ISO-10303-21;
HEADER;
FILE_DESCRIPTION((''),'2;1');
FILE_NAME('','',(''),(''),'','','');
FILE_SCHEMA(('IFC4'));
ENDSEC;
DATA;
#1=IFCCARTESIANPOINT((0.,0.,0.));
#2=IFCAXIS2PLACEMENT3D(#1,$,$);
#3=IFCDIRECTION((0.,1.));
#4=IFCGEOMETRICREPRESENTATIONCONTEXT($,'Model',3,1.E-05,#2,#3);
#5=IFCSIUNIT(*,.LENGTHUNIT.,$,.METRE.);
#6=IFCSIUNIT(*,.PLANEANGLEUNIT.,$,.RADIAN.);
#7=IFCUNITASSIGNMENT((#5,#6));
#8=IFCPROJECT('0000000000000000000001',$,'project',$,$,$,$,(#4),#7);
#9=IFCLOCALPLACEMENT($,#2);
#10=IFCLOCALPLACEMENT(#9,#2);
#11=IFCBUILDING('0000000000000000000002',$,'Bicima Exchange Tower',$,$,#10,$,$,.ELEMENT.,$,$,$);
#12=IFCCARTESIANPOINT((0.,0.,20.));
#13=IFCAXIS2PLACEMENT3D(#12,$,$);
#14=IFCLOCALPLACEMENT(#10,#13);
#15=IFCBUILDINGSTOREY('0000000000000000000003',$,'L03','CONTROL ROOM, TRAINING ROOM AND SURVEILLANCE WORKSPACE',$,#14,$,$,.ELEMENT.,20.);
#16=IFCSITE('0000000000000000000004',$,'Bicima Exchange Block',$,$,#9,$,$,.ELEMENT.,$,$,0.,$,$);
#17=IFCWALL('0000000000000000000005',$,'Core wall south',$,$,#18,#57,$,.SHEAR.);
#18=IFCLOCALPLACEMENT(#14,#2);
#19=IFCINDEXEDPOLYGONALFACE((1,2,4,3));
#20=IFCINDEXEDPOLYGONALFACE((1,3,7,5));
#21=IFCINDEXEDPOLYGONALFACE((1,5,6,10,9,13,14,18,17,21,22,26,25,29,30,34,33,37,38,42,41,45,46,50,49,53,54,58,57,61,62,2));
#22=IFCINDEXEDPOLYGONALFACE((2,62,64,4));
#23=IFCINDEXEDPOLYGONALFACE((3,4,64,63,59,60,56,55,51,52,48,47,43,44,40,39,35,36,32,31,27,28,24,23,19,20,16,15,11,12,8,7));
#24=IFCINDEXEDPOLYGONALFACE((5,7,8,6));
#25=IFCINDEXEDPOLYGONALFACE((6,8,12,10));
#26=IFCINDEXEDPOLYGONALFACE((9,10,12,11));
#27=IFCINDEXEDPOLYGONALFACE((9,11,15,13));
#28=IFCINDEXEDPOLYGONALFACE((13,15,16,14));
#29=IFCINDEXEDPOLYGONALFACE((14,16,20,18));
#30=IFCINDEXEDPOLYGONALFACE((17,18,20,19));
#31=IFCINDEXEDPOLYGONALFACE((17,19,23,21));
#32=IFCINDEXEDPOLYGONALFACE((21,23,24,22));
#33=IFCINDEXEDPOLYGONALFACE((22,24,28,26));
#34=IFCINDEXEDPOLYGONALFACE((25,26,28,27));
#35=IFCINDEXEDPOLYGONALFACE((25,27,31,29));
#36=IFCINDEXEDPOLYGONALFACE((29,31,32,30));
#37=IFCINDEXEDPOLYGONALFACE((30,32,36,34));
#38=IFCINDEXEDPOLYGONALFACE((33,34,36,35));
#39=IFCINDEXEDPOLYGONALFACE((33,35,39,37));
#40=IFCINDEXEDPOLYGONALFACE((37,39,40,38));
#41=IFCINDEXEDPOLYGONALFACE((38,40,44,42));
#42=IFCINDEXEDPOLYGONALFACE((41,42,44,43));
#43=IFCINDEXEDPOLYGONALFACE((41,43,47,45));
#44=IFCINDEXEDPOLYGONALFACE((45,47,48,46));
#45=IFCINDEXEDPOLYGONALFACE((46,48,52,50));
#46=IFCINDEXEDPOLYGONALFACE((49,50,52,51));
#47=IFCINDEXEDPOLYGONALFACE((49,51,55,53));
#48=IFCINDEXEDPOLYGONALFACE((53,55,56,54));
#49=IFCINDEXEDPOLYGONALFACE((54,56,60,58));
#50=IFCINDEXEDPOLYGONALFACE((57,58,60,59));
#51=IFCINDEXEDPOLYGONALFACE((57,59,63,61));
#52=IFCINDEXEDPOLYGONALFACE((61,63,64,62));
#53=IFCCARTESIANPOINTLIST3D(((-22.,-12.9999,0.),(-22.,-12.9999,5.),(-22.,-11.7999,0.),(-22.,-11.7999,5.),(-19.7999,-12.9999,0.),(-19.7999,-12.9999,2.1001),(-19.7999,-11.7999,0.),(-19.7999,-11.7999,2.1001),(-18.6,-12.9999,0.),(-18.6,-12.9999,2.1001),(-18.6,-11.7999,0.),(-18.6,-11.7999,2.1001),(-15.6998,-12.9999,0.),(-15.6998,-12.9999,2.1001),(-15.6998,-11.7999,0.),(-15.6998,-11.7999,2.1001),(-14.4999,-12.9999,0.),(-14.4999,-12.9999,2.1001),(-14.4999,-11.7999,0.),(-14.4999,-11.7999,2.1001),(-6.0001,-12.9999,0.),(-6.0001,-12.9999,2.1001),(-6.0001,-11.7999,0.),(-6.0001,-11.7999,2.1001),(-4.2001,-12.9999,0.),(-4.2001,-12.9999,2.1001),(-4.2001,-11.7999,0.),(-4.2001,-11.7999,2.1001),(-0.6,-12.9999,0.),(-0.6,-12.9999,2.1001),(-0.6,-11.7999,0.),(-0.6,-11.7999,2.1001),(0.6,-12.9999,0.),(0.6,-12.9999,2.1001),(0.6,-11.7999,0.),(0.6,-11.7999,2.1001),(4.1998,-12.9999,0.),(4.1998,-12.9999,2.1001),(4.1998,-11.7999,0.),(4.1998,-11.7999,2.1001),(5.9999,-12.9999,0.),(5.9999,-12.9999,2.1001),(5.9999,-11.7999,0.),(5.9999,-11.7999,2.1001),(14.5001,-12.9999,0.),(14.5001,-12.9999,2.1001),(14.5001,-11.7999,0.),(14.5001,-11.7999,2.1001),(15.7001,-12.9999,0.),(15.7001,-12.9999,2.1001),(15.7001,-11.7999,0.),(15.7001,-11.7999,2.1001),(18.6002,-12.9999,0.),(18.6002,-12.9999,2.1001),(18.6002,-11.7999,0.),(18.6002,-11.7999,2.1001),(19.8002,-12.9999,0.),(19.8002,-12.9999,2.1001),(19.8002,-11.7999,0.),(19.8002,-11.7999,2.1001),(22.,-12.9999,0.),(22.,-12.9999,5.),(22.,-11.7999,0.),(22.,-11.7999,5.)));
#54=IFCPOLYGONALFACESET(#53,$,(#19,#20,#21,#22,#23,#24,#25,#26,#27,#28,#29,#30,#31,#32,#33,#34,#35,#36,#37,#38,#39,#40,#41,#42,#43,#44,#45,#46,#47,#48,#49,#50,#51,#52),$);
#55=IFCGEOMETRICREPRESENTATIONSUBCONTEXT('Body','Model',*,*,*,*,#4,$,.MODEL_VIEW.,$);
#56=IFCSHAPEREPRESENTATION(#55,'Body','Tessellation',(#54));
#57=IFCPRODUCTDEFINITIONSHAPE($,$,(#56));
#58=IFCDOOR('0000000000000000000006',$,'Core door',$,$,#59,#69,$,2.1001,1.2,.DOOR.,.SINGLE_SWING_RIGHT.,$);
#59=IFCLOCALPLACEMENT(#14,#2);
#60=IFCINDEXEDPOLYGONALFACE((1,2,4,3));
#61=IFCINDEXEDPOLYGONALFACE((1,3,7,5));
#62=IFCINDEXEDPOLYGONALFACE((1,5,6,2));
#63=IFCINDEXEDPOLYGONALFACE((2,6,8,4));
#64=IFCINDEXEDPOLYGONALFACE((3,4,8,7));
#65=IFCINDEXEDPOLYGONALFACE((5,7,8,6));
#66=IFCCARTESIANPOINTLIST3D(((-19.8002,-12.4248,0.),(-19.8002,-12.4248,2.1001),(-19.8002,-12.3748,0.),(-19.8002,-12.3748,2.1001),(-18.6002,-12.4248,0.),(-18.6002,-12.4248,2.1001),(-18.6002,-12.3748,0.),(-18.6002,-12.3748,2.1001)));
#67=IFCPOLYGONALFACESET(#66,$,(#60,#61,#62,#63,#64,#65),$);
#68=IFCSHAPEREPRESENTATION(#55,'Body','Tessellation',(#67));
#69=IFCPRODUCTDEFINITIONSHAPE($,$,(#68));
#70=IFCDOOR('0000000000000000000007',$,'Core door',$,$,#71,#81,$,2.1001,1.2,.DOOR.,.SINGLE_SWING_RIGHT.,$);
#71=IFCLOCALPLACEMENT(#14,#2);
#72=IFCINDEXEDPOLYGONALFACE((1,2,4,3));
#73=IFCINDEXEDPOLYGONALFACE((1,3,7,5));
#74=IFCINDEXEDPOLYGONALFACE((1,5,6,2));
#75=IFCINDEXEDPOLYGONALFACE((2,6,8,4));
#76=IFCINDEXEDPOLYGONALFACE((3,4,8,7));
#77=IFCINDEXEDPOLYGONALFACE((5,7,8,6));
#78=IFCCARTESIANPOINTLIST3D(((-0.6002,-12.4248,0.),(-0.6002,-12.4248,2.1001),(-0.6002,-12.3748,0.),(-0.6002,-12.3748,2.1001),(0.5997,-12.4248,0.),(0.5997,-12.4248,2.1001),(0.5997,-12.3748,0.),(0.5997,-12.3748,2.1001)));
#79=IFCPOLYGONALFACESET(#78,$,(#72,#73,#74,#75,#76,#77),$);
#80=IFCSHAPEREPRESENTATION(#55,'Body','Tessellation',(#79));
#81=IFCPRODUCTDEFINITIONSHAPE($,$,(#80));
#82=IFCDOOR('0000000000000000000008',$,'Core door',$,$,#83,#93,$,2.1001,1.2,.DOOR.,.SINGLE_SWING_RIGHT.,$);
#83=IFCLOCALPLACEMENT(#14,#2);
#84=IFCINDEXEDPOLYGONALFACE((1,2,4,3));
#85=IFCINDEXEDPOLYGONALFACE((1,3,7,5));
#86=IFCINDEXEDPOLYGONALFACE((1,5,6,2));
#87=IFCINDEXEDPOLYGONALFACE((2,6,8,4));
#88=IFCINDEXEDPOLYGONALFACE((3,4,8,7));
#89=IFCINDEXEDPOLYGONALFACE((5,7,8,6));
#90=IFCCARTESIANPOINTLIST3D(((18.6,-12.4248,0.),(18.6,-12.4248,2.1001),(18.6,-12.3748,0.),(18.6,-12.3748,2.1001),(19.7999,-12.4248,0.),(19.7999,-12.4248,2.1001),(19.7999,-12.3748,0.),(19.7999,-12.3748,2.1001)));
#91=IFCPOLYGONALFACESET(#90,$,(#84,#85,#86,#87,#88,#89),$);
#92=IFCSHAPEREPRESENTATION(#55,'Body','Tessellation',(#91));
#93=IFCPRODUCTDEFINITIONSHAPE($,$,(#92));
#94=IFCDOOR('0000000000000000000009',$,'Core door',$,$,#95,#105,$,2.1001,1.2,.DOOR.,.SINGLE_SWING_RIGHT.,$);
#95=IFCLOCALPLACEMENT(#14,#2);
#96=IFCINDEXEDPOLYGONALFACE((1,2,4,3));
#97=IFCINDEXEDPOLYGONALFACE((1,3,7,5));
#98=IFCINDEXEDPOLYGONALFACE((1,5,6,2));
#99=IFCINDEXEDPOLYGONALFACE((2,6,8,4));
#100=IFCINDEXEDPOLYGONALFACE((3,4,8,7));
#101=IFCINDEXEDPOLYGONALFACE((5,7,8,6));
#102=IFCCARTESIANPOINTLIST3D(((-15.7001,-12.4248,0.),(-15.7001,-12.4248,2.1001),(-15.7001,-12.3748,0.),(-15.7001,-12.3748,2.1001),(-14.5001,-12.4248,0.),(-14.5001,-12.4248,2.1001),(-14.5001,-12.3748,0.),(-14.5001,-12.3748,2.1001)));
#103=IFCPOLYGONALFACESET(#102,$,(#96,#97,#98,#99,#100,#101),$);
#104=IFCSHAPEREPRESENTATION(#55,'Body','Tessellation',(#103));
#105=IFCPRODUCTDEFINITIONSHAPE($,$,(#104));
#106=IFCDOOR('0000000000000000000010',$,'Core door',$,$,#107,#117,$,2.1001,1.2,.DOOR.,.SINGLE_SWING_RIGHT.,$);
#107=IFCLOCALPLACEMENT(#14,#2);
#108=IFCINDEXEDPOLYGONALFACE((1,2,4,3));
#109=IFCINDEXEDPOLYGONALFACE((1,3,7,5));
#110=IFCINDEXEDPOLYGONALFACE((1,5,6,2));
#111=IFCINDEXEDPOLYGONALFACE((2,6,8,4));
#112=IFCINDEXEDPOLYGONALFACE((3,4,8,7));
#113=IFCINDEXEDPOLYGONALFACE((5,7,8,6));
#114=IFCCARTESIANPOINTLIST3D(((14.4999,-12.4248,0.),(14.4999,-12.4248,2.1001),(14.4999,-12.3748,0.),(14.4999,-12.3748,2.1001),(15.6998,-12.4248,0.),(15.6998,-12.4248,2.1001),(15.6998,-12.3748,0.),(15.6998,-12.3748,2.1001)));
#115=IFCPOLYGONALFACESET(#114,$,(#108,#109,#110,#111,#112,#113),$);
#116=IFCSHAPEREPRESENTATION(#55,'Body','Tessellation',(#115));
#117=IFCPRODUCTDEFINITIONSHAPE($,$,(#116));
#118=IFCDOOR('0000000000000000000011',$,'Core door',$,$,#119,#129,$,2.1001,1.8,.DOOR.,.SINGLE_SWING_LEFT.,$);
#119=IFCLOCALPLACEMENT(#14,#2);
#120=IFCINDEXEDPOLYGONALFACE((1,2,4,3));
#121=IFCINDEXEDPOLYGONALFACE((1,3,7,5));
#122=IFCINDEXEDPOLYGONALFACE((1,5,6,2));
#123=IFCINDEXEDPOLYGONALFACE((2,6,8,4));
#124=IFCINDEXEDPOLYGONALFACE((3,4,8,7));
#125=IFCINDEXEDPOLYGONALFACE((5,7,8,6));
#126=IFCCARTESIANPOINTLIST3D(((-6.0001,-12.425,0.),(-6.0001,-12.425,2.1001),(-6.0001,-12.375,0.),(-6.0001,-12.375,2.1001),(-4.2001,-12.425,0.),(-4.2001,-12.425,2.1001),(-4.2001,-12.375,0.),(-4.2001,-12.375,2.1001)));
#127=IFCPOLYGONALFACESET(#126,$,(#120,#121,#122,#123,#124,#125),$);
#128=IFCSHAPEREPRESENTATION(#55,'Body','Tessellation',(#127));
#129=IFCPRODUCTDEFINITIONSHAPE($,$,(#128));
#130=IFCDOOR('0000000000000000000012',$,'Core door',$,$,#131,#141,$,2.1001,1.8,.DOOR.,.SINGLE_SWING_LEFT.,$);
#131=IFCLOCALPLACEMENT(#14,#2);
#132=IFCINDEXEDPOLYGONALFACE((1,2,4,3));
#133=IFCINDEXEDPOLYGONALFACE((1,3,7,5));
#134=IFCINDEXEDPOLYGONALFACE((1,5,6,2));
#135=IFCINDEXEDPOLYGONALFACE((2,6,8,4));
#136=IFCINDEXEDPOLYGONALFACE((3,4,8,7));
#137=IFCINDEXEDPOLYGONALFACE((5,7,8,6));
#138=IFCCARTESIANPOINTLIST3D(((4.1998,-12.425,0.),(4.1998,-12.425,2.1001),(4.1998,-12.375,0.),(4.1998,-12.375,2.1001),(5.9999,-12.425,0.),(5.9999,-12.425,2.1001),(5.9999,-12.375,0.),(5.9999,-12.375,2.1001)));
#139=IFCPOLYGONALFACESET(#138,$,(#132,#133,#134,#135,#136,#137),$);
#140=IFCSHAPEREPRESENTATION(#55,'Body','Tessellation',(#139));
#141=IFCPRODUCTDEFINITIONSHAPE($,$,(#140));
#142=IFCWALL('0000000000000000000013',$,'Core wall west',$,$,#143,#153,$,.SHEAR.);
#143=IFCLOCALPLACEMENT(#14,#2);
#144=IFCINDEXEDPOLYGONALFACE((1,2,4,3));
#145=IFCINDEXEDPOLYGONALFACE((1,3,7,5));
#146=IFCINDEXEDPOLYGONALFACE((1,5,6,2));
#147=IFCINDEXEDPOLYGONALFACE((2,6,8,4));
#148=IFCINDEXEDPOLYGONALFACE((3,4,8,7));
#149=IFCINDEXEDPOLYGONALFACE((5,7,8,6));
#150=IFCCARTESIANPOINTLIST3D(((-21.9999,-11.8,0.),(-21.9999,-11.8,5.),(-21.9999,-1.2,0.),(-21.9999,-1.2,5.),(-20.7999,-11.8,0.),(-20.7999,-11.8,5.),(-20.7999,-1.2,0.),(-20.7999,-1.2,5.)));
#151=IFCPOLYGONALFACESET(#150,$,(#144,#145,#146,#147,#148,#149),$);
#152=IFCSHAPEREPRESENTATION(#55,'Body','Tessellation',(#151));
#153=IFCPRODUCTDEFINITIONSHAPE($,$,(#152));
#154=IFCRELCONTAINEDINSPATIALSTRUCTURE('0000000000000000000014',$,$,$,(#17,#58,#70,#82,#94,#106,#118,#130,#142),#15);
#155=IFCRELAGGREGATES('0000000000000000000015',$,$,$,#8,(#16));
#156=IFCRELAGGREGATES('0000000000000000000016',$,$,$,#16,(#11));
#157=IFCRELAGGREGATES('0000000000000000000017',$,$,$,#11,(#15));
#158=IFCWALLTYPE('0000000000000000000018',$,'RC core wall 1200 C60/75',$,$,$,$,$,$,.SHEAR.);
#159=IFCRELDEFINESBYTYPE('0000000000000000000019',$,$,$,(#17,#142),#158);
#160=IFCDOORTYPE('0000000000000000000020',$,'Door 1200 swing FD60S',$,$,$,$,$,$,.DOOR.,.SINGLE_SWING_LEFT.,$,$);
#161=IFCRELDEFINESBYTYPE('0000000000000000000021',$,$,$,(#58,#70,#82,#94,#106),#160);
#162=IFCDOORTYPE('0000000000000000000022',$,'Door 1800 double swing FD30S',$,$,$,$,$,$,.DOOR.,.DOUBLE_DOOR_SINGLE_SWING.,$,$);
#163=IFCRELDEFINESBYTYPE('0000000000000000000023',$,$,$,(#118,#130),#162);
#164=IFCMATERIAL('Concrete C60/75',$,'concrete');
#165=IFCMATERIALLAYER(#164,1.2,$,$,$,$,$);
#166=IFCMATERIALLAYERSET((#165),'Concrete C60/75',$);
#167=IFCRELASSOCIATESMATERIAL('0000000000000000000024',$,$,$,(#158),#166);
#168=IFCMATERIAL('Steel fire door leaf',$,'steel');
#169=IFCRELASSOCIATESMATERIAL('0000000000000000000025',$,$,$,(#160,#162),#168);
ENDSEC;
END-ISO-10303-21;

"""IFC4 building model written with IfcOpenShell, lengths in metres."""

from ifc_helpers import new_model, si_unit, direction, frame, frame_2d, origin, place, context, subcontext, project, spatial, rectangle, extrude, material, layer, layer_set, type_object, element, fill, save


model = new_model("IFC4")

# Units and contexts
model_context = context("Model", 3, precision=1e-05, world=origin(), true_north=direction((0.0, 1.0)))
body_context = subcontext(model_context, "Body", "Model", "MODEL_VIEW")
ifc_project = project(units=[si_unit("LENGTHUNIT", "METRE"), si_unit("PLANEANGLEUNIT", "RADIAN")], contexts=[model_context])

# Site, building, storey
site_placement = place(None, origin())
site = spatial("IfcSite", under=ifc_project, at=site_placement, Name="Bicima Exchange Block", CompositionType="ELEMENT", RefElevation=0.0)
building_placement = place(site_placement, origin())
building = spatial("IfcBuilding", under=site, at=building_placement, Name="Bicima Exchange Tower", CompositionType="ELEMENT")
storey_placement = place(building_placement, frame((0.0, 0.0, 20.0)))
storey = spatial("IfcBuildingStorey", under=building, at=storey_placement, Name="L03", Description="CONTROL ROOM, TRAINING ROOM AND SURVEILLANCE WORKSPACE", CompositionType="ELEMENT", Elevation=20.0)

# Shared definitions
ifc_material_1 = material(Name="Concrete C60/75", Category="concrete")

# Wall, openings, doors
ifc_layer_1 = layer(ifc_material_1, 1.2)
ifc_layer_set_1 = layer_set([ifc_layer_1], Name="Concrete C60/75")
wall_type_1 = type_object("IfcWallType", Name="RC core wall 1200 C60/75", PredefinedType="SHEAR", material=ifc_layer_set_1)
wall_1_placement = place(storey_placement, frame((-22.0, -12.3999, 0.0), z_axis=(0.0, 0.0, 1.0), x_axis=(1.0, 0.0, 0.0)))
wall_1 = element("IfcWall", 1, at=wall_1_placement, inside=storey, type_object=wall_type_1, Name="Core wall south", PredefinedType="SHEAR", context=body_context, shape_type="SweptSolid", body=[
    extrude(rectangle(XDim=44.0, YDim=1.2, at=frame_2d((22.0, 0.0))), origin(), (0.0, 0.0, 1.0), 5.0),
])
opening_1_placement = place(wall_1_placement, frame((2.2, 0.0, 0.0)))
opening_1 = element("IfcOpeningElement", 2, at=opening_1_placement, cuts=wall_1, PredefinedType="OPENING", context=body_context, shape_type="SweptSolid", body=[
    extrude(rectangle(XDim=1.2, YDim=2.1001, at=frame_2d((0.6001, 1.05))), frame((0.0, 0.6118, 0.0), z_axis=(0.0, -1.0, 0.0), x_axis=(1.0, 0.0, 0.0)), (0.0, 0.0, 1.0), 1.2239),
])
opening_2_placement = place(wall_1_placement, frame((21.3999, 0.0, 0.0)))
opening_2 = element("IfcOpeningElement", 3, at=opening_2_placement, cuts=wall_1, PredefinedType="OPENING", context=body_context, shape_type="SweptSolid", body=[
    extrude(rectangle(XDim=1.2, YDim=2.1001, at=frame_2d((0.6001, 1.05))), frame((0.0, 0.6118, 0.0), z_axis=(0.0, -1.0, 0.0), x_axis=(1.0, 0.0, 0.0)), (0.0, 0.0, 1.0), 1.2239),
])
opening_3_placement = place(wall_1_placement, frame((40.6001, 0.0, 0.0)))
opening_3 = element("IfcOpeningElement", 4, at=opening_3_placement, cuts=wall_1, PredefinedType="OPENING", context=body_context, shape_type="SweptSolid", body=[
    extrude(rectangle(XDim=1.2, YDim=2.1001, at=frame_2d((0.6001, 1.05))), frame((0.0, 0.6118, 0.0), z_axis=(0.0, -1.0, 0.0), x_axis=(1.0, 0.0, 0.0)), (0.0, 0.0, 1.0), 1.2239),
])
opening_4_placement = place(wall_1_placement, frame((16.0, 0.0, 0.0)))
opening_4 = element("IfcOpeningElement", 5, at=opening_4_placement, cuts=wall_1, PredefinedType="OPENING", context=body_context, shape_type="SweptSolid", body=[
    extrude(rectangle(XDim=1.8, YDim=2.1001, at=frame_2d((0.8999, 1.05))), frame((0.0, 0.6118, 0.0), z_axis=(0.0, -1.0, 0.0), x_axis=(1.0, 0.0, 0.0)), (0.0, 0.0, 1.0), 1.2239),
])
opening_5_placement = place(wall_1_placement, frame((6.3, 0.0, 0.0)))
opening_5 = element("IfcOpeningElement", 6, at=opening_5_placement, cuts=wall_1, PredefinedType="OPENING", context=body_context, shape_type="SweptSolid", body=[
    extrude(rectangle(XDim=1.2, YDim=2.1001, at=frame_2d((0.6001, 1.05))), frame((0.0, 0.6118, 0.0), z_axis=(0.0, -1.0, 0.0), x_axis=(1.0, 0.0, 0.0)), (0.0, 0.0, 1.0), 1.2239),
])
opening_6_placement = place(wall_1_placement, frame((26.2, 0.0, 0.0)))
opening_6 = element("IfcOpeningElement", 7, at=opening_6_placement, cuts=wall_1, PredefinedType="OPENING", context=body_context, shape_type="SweptSolid", body=[
    extrude(rectangle(XDim=1.8, YDim=2.1001, at=frame_2d((0.8999, 1.05))), frame((0.0, 0.6118, 0.0), z_axis=(0.0, -1.0, 0.0), x_axis=(1.0, 0.0, 0.0)), (0.0, 0.0, 1.0), 1.2239),
])
opening_7_placement = place(wall_1_placement, frame((36.5, 0.0, 0.0)))
opening_7 = element("IfcOpeningElement", 8, at=opening_7_placement, cuts=wall_1, PredefinedType="OPENING", context=body_context, shape_type="SweptSolid", body=[
    extrude(rectangle(XDim=1.2, YDim=2.1001, at=frame_2d((0.6001, 1.05))), frame((0.0, 0.6118, 0.0), z_axis=(0.0, -1.0, 0.0), x_axis=(1.0, 0.0, 0.0)), (0.0, 0.0, 1.0), 1.2239),
])
ifc_material_2 = material(Name="Steel fire door leaf", Category="steel")
door_type_1 = type_object("IfcDoorType", Name="Door 1200 swing FD60S", OperationType="SINGLE_SWING_LEFT", PredefinedType="DOOR", material=ifc_material_2)
door_1_placement = place(opening_1_placement, frame((1.2, 0.0, 0.0), z_axis=(0.0, 0.0, 1.0), x_axis=(-1.0, 0.0, 0.0)))
door_1 = element("IfcDoor", 9, at=door_1_placement, inside=storey, type_object=door_type_1, Name="Core door", OperationType="SINGLE_SWING_RIGHT", OverallHeight=2.1001, OverallWidth=1.2, PredefinedType="DOOR", context=body_context, shape_type="SweptSolid", body=[
    extrude(rectangle(XDim=1.2, YDim=2.1001, at=frame_2d((0.6001, 1.05))), frame((0.0, 0.0249, 0.0), z_axis=(0.0, -1.0, 0.0), x_axis=(1.0, 0.0, 0.0)), (0.0, 0.0, 1.0), 0.05),
])
fill(opening_1, door_1)
door_2_placement = place(opening_2_placement, frame((1.2, 0.0, 0.0), z_axis=(0.0, 0.0, 1.0), x_axis=(-1.0, 0.0, 0.0)))
door_2 = element("IfcDoor", 10, at=door_2_placement, inside=storey, type_object=door_type_1, Name="Core door", OperationType="SINGLE_SWING_RIGHT", OverallHeight=2.1001, OverallWidth=1.2, PredefinedType="DOOR", context=body_context, shape_type="SweptSolid", body=[
    extrude(rectangle(XDim=1.2, YDim=2.1001, at=frame_2d((0.6001, 1.05))), frame((0.0, 0.0249, 0.0), z_axis=(0.0, -1.0, 0.0), x_axis=(1.0, 0.0, 0.0)), (0.0, 0.0, 1.0), 0.05),
])
fill(opening_2, door_2)
door_3_placement = place(opening_3_placement, frame((1.2, 0.0, 0.0), z_axis=(0.0, 0.0, 1.0), x_axis=(-1.0, 0.0, 0.0)))
door_3 = element("IfcDoor", 11, at=door_3_placement, inside=storey, type_object=door_type_1, Name="Core door", OperationType="SINGLE_SWING_RIGHT", OverallHeight=2.1001, OverallWidth=1.2, PredefinedType="DOOR", context=body_context, shape_type="SweptSolid", body=[
    extrude(rectangle(XDim=1.2, YDim=2.1001, at=frame_2d((0.6001, 1.05))), frame((0.0, 0.0249, 0.0), z_axis=(0.0, -1.0, 0.0), x_axis=(1.0, 0.0, 0.0)), (0.0, 0.0, 1.0), 0.05),
])
fill(opening_3, door_3)
door_4_placement = place(opening_5_placement, frame((1.2, 0.0, 0.0), z_axis=(0.0, 0.0, 1.0), x_axis=(-1.0, 0.0, 0.0)))
door_4 = element("IfcDoor", 12, at=door_4_placement, inside=storey, type_object=door_type_1, Name="Core door", OperationType="SINGLE_SWING_RIGHT", OverallHeight=2.1001, OverallWidth=1.2, PredefinedType="DOOR", context=body_context, shape_type="SweptSolid", body=[
    extrude(rectangle(XDim=1.2, YDim=2.1001, at=frame_2d((0.6001, 1.05))), frame((0.0, 0.0249, 0.0), z_axis=(0.0, -1.0, 0.0), x_axis=(1.0, 0.0, 0.0)), (0.0, 0.0, 1.0), 0.05),
])
fill(opening_5, door_4)
door_5_placement = place(opening_7_placement, frame((1.2, 0.0, 0.0), z_axis=(0.0, 0.0, 1.0), x_axis=(-1.0, 0.0, 0.0)))
door_5 = element("IfcDoor", 13, at=door_5_placement, inside=storey, type_object=door_type_1, Name="Core door", OperationType="SINGLE_SWING_RIGHT", OverallHeight=2.1001, OverallWidth=1.2, PredefinedType="DOOR", context=body_context, shape_type="SweptSolid", body=[
    extrude(rectangle(XDim=1.2, YDim=2.1001, at=frame_2d((0.6001, 1.05))), frame((0.0, 0.0249, 0.0), z_axis=(0.0, -1.0, 0.0), x_axis=(1.0, 0.0, 0.0)), (0.0, 0.0, 1.0), 0.05),
])
fill(opening_7, door_5)
door_type_2 = type_object("IfcDoorType", Name="Door 1800 double swing FD30S", OperationType="DOUBLE_DOOR_SINGLE_SWING", PredefinedType="DOOR", material=ifc_material_2)
door_6_placement = place(opening_4_placement, origin())
door_6 = element("IfcDoor", 14, at=door_6_placement, inside=storey, type_object=door_type_2, Name="Core door", OperationType="SINGLE_SWING_LEFT", OverallHeight=2.1001, OverallWidth=1.8, PredefinedType="DOOR", context=body_context, shape_type="SweptSolid", body=[
    extrude(rectangle(XDim=1.8, YDim=2.1001, at=frame_2d((0.8999, 1.05))), frame((0.0, 0.0249, 0.0), z_axis=(0.0, -1.0, 0.0), x_axis=(1.0, 0.0, 0.0)), (0.0, 0.0, 1.0), 0.05),
])
fill(opening_4, door_6)
door_7_placement = place(opening_6_placement, origin())
door_7 = element("IfcDoor", 15, at=door_7_placement, inside=storey, type_object=door_type_2, Name="Core door", OperationType="SINGLE_SWING_LEFT", OverallHeight=2.1001, OverallWidth=1.8, PredefinedType="DOOR", context=body_context, shape_type="SweptSolid", body=[
    extrude(rectangle(XDim=1.8, YDim=2.1001, at=frame_2d((0.8999, 1.05))), frame((0.0, 0.0249, 0.0), z_axis=(0.0, -1.0, 0.0), x_axis=(1.0, 0.0, 0.0)), (0.0, 0.0, 1.0), 0.05),
])
fill(opening_6, door_7)

# Wall
wall_2_placement = place(storey_placement, frame((-21.3999, -11.8, 0.0), z_axis=(0.0, 0.0, 1.0), x_axis=(0.0, 1.0, 0.0)))
element("IfcWall", 16, at=wall_2_placement, inside=storey, type_object=wall_type_1, Name="Core wall west", PredefinedType="SHEAR", context=body_context, shape_type="SweptSolid", body=[
    extrude(rectangle(XDim=10.6001, YDim=1.2, at=frame_2d((5.3, 0.0))), origin(), (0.0, 0.0, 1.0), 5.0),
])

save(model, "model.ifc")
